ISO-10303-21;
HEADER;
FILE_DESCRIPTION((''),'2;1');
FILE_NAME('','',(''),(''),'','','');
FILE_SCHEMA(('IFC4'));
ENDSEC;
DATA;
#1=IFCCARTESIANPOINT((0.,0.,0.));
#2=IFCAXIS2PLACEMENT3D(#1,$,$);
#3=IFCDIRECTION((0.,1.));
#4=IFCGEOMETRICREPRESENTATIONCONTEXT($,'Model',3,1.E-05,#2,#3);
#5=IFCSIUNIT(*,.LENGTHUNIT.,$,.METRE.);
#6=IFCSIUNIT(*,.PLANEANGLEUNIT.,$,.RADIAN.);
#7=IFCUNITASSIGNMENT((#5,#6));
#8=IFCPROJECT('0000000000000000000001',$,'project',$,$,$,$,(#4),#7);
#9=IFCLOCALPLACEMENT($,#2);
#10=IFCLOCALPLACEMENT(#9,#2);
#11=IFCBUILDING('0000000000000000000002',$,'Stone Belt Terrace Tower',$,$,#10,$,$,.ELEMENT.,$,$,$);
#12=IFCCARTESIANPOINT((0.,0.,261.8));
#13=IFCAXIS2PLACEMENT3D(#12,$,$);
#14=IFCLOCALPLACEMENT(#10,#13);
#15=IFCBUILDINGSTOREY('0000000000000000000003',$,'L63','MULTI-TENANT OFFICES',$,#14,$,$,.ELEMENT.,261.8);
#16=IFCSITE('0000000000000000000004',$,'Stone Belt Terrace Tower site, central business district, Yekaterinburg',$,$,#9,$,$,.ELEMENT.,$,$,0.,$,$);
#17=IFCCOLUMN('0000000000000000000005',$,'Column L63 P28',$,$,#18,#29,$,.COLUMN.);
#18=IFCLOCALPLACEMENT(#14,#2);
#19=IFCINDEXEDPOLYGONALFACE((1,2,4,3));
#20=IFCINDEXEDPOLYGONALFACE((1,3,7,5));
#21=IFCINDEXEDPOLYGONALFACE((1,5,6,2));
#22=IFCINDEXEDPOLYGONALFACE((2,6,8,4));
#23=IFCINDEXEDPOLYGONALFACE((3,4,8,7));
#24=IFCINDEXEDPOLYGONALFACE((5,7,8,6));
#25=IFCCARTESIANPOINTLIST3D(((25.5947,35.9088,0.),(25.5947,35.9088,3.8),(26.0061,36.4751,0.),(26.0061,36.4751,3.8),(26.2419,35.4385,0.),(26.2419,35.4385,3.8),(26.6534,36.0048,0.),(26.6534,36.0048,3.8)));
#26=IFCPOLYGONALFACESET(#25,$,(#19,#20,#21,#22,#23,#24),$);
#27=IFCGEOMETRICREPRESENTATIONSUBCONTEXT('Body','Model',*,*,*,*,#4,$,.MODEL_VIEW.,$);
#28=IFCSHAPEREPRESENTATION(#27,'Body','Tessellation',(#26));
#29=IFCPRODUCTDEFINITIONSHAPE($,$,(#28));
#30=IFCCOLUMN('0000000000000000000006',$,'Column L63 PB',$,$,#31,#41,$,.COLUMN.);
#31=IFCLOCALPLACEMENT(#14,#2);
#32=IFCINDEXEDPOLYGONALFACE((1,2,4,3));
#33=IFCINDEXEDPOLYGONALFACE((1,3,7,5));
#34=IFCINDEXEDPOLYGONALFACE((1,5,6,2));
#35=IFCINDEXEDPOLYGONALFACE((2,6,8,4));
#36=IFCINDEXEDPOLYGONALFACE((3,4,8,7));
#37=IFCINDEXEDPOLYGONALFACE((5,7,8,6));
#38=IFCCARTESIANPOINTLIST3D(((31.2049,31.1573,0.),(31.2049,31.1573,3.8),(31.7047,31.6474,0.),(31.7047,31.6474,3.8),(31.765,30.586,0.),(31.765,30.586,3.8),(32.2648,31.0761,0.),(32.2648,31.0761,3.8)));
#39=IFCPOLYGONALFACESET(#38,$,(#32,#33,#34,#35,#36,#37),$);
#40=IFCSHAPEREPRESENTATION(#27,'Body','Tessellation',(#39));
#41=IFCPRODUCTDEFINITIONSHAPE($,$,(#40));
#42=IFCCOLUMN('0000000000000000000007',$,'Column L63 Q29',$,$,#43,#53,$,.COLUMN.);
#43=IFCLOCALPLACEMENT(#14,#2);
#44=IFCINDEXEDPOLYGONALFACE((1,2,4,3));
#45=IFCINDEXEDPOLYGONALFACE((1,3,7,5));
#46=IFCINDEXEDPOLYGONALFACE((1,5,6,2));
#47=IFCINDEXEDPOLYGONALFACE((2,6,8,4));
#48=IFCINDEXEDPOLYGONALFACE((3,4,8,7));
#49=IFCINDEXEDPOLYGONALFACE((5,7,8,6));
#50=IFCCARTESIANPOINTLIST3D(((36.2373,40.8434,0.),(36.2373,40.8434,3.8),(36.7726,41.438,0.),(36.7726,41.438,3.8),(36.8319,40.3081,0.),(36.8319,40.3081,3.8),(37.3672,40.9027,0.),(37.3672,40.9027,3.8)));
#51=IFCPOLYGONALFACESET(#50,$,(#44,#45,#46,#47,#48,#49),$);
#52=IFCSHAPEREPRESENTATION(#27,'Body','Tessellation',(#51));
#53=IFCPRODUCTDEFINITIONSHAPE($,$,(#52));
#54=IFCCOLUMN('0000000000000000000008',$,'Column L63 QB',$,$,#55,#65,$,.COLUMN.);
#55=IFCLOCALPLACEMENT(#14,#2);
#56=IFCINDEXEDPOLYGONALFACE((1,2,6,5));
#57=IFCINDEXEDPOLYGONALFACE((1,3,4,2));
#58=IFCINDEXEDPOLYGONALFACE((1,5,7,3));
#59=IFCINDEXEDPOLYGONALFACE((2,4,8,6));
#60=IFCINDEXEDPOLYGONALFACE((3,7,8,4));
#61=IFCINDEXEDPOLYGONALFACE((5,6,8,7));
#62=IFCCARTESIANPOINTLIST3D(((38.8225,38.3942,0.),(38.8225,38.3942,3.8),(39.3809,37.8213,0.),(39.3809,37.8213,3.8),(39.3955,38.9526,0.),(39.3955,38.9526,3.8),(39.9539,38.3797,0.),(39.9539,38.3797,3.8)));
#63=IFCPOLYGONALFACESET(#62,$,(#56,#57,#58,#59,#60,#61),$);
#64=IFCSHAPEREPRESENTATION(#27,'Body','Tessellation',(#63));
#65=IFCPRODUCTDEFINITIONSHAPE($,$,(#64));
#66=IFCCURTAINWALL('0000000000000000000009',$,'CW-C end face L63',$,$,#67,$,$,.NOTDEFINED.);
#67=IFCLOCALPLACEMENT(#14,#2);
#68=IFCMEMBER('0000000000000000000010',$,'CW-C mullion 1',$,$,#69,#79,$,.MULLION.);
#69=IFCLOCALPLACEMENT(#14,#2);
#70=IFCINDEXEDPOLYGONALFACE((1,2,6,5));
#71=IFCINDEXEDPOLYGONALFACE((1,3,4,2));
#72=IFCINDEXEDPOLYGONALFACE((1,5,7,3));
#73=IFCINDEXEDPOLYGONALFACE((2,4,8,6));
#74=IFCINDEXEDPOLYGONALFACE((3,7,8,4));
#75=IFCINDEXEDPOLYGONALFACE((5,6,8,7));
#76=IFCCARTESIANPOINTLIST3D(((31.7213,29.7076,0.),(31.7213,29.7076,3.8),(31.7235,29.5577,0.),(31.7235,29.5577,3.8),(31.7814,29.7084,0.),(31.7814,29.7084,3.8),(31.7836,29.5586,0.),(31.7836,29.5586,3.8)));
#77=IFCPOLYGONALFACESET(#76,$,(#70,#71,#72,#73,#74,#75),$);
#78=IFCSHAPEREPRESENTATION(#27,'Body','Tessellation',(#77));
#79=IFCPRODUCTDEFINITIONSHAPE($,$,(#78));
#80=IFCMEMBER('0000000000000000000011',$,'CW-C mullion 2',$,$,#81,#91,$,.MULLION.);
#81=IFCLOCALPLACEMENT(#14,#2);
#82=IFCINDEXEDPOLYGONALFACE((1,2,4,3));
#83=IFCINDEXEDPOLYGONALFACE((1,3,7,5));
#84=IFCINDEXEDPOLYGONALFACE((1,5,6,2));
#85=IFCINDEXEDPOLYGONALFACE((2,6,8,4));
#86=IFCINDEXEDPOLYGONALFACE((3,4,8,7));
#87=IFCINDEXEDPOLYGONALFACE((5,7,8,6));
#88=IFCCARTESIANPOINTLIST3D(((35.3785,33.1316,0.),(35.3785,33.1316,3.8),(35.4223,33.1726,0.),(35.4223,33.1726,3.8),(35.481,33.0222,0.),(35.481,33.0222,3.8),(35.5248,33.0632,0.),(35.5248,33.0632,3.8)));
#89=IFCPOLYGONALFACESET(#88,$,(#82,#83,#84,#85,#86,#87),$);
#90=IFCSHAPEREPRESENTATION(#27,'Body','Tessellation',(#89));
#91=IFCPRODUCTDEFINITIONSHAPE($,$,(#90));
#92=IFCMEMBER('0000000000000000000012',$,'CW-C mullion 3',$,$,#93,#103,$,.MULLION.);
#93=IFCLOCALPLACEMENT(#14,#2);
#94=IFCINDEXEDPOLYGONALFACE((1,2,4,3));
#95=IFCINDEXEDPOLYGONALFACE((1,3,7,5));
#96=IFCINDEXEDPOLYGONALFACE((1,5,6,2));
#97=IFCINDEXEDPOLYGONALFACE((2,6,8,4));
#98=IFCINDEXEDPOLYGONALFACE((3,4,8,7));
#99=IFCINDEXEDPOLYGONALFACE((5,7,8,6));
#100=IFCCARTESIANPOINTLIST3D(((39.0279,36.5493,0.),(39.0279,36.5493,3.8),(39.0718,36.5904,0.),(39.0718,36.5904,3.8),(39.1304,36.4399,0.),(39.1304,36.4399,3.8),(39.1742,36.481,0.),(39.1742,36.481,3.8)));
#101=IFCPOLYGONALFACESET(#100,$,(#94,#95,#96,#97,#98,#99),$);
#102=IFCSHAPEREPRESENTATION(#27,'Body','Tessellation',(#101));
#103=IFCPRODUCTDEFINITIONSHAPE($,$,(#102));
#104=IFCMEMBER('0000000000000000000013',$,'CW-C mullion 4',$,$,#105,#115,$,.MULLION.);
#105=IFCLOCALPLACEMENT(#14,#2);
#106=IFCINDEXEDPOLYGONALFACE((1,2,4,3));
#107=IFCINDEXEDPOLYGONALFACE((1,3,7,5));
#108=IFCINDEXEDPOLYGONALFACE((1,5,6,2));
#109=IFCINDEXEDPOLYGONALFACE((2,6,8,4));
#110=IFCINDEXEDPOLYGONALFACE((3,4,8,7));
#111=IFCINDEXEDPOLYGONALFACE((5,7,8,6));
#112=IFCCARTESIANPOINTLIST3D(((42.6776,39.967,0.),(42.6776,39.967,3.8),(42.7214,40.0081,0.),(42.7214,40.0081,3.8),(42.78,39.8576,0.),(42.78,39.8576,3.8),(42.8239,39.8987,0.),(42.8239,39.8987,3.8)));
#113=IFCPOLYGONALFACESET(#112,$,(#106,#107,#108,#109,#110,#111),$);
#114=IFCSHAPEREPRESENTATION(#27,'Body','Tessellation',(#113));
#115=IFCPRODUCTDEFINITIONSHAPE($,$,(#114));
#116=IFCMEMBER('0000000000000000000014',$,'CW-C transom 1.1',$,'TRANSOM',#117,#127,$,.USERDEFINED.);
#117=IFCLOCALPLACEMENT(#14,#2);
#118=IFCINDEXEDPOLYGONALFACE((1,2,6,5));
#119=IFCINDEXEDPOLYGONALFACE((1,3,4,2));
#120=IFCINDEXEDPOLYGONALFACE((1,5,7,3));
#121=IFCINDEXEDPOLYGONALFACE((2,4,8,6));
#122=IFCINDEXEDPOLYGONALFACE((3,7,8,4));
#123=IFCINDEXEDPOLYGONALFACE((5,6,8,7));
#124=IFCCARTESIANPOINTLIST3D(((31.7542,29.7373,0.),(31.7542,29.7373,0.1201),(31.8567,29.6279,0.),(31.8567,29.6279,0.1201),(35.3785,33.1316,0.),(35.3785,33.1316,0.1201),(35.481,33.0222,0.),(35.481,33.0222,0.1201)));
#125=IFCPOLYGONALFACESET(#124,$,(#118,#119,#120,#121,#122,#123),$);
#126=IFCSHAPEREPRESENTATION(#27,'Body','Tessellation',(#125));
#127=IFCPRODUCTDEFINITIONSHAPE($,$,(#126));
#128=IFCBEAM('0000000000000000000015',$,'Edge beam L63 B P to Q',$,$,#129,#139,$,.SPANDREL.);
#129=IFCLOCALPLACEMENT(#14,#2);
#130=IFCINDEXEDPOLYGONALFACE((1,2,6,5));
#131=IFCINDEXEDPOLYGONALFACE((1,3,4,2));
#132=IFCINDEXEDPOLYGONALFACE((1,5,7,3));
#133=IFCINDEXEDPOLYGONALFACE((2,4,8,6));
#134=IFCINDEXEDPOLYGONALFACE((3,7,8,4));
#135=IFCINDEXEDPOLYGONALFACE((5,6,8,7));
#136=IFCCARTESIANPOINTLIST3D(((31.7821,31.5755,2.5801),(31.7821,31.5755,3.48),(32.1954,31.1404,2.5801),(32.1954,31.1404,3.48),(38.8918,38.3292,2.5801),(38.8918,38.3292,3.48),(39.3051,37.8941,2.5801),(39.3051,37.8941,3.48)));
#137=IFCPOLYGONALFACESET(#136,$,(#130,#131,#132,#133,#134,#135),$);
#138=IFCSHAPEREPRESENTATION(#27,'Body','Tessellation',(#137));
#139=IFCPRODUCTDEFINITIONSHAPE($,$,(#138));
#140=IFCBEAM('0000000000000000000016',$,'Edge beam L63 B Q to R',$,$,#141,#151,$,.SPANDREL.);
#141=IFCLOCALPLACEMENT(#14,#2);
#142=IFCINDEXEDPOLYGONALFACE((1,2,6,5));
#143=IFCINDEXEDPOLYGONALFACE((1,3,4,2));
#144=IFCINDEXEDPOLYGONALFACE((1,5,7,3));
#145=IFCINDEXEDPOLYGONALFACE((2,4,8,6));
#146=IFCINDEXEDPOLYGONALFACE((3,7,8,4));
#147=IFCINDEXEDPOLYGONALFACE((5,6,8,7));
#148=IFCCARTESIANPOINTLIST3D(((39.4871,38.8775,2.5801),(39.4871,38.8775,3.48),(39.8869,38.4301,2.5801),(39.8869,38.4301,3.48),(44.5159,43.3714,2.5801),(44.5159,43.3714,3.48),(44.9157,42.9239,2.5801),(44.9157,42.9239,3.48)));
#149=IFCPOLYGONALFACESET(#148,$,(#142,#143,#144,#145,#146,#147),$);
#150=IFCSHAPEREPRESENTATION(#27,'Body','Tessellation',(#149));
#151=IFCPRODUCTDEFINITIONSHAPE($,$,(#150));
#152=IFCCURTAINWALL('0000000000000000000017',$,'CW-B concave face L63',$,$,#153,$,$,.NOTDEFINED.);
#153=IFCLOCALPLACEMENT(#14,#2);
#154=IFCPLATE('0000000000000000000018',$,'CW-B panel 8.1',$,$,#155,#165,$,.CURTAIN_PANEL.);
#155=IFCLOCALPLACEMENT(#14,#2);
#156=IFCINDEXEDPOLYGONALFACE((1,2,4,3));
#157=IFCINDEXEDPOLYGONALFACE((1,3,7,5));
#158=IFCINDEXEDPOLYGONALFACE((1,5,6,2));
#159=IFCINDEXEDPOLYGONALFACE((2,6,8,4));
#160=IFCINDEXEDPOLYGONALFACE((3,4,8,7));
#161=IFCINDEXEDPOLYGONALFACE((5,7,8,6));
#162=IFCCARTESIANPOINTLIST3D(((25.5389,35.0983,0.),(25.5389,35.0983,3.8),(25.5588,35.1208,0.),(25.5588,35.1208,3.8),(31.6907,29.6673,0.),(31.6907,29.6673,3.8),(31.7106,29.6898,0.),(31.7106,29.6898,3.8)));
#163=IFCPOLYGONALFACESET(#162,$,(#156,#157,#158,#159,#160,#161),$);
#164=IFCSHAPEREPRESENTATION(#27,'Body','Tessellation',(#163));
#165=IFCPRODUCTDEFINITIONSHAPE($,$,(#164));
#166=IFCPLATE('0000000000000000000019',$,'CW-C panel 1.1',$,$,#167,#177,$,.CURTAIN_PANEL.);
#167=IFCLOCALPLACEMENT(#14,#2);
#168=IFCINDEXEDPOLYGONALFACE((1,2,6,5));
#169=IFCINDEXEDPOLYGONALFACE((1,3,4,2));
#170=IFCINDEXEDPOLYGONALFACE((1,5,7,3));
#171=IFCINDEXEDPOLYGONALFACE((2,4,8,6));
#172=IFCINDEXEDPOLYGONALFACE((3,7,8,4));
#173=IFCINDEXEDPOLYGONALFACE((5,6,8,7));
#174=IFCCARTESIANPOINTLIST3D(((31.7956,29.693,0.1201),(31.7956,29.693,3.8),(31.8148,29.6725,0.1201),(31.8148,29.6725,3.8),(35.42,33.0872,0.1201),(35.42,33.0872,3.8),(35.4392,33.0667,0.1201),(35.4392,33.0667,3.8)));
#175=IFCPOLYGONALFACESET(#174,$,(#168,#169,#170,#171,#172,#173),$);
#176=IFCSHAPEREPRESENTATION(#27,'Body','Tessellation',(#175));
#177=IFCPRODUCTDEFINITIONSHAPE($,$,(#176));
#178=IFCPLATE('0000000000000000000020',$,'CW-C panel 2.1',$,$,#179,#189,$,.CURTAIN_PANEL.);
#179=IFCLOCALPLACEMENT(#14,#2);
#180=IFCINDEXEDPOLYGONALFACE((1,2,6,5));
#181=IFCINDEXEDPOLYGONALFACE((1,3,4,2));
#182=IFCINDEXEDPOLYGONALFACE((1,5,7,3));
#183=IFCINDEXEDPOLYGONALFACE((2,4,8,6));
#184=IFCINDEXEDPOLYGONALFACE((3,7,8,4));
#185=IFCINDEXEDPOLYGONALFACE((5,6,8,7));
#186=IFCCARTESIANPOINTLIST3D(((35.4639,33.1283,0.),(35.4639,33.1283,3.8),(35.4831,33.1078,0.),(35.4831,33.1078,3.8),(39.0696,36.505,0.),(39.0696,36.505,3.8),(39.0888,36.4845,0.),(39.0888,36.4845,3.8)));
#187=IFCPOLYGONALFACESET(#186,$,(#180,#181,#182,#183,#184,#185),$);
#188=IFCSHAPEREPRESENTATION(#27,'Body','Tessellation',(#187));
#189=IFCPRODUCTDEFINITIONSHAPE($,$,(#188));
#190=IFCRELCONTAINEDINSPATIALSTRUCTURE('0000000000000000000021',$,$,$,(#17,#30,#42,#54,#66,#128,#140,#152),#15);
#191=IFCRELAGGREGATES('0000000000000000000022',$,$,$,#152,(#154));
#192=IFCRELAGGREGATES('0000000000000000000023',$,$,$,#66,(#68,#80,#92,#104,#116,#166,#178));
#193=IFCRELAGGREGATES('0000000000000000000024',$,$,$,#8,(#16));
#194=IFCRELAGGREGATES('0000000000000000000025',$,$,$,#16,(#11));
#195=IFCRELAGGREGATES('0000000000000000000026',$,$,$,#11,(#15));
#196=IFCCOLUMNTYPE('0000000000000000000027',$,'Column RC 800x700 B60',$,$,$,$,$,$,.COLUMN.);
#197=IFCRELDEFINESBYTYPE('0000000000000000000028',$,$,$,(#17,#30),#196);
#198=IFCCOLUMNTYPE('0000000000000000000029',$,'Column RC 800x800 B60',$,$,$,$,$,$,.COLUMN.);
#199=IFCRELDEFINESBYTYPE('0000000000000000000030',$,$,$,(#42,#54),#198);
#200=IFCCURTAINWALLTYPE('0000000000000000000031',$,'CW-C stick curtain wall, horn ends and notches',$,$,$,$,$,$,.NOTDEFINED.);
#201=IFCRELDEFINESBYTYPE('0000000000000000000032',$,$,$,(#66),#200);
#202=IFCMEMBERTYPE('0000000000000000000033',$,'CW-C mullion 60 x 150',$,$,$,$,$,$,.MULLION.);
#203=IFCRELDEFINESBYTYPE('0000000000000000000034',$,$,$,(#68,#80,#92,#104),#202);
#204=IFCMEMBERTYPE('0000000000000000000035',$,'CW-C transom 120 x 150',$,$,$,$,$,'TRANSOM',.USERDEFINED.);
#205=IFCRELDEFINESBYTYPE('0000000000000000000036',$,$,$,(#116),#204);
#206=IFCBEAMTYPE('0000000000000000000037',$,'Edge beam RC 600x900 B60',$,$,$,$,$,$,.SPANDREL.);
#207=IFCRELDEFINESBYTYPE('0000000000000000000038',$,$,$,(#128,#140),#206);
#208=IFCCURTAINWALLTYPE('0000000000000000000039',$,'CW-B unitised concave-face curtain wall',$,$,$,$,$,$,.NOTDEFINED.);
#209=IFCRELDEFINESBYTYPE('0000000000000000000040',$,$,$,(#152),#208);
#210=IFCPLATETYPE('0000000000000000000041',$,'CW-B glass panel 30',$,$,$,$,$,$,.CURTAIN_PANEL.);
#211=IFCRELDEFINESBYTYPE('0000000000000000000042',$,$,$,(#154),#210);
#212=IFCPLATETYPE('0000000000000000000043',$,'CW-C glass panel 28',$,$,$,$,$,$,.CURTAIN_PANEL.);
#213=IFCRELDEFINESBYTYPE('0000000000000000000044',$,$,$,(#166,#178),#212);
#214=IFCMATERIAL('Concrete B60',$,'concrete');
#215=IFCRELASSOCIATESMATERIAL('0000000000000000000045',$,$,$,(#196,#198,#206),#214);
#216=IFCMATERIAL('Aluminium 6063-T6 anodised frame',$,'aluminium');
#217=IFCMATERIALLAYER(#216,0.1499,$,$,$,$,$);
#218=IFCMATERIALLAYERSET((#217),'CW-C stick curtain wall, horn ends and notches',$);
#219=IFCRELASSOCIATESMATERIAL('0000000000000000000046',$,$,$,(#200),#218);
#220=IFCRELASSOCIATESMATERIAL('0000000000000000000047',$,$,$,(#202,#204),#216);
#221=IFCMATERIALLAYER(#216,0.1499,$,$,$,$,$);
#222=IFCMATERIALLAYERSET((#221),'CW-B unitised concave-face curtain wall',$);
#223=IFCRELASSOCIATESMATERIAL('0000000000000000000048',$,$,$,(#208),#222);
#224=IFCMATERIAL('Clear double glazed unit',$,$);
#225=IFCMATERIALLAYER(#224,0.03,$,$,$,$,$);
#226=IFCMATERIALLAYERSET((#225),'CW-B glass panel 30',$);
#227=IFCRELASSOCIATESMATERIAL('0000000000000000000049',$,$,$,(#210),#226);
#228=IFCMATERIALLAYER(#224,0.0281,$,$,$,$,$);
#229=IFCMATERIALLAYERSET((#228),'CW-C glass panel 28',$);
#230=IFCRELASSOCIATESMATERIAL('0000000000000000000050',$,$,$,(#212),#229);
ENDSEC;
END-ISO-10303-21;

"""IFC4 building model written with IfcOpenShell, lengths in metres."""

from ifc_helpers import new_model, si_unit, direction, frame, origin, origin_2d, place, context, subcontext, project, spatial, rectangle, extrude, material, layer, layer_set, material_profile, profile_set, type_object, element, aggregate, save


model = new_model("IFC4")

# Units and contexts
model_context = context("Model", 3, precision=1e-05, world=origin(), true_north=direction((0.0, 1.0)))
body_context = subcontext(model_context, "Body", "Model", "MODEL_VIEW")
ifc_project = project(units=[si_unit("LENGTHUNIT", "METRE"), si_unit("PLANEANGLEUNIT", "RADIAN")], contexts=[model_context])

# Site, building, storey
site_placement = place(None, origin())
site = spatial("IfcSite", under=ifc_project, at=site_placement, Name="Stone Belt Terrace Tower site, central business district, Yekaterinburg", CompositionType="ELEMENT", RefElevation=0.0)
building_placement = place(site_placement, origin())
building = spatial("IfcBuilding", under=site, at=building_placement, Name="Stone Belt Terrace Tower", CompositionType="ELEMENT")
storey_placement = place(building_placement, frame((0.0, 0.0, 261.8)))
storey = spatial("IfcBuildingStorey", under=building, at=storey_placement, Name="L63", Description="MULTI-TENANT OFFICES", CompositionType="ELEMENT", Elevation=261.8)

# Columns
ifc_material_1 = material(Name="Concrete B60", Category="concrete")
ifc_material_profile_1 = material_profile(ifc_material_1, rectangle(XDim=0.8, YDim=0.7, at=origin_2d()), Name="RC 800x700")
ifc_profile_set_1 = profile_set([ifc_material_profile_1], Name="Concrete B60")
column_type_1 = type_object("IfcColumnType", Name="Column RC 800x700 B60", PredefinedType="COLUMN", material=ifc_profile_set_1)
for number, where, z_axis, x_axis, name in (
    (1, (26.124, 35.9568, 0.0), (0.0, 0.0, 1.0), (0.809017, -0.587785, 0.0), "Column L63 P28"),
    (2, (31.7349, 31.1167, 0.0), (0.0, 0.0, 1.0), (0.70012, -0.714026, 0.0), "Column L63 PB"),
):
    element("IfcColumn", number, at=place(storey_placement, frame(where, z_axis=z_axis, x_axis=x_axis)), inside=storey, type_object=column_type_1, Name=name, PredefinedType="COLUMN", context=body_context, shape_type="SweptSolid", body=[
        extrude(rectangle(XDim=0.8, YDim=0.7, at=origin_2d()), origin(), (0.0, 0.0, 1.0), 3.8),
    ])
ifc_material_profile_2 = material_profile(ifc_material_1, rectangle(XDim=0.8, YDim=0.8, at=origin_2d()), Name="RC 800x800")
ifc_profile_set_2 = profile_set([ifc_material_profile_2], Name="Concrete B60")
column_type_2 = type_object("IfcColumnType", Name="Column RC 800x800 B60", PredefinedType="COLUMN", material=ifc_profile_set_2)
for number, where, z_axis, x_axis, name in (
    (3, (36.8022, 40.873, 0.0), (0.0, 0.0, 1.0), (0.743145, -0.669131, 0.0), "Column L63 Q29"),
    (4, (39.3882, 38.387, 0.0), (0.0, 0.0, 1.0), (0.697944, -0.716152, 0.0), "Column L63 QB"),
):
    element("IfcColumn", number, at=place(storey_placement, frame(where, z_axis=z_axis, x_axis=x_axis)), inside=storey, type_object=column_type_2, Name=name, PredefinedType="COLUMN", context=body_context, shape_type="SweptSolid", body=[
        extrude(rectangle(XDim=0.8, YDim=0.8, at=origin_2d()), origin(), (0.0, 0.0, 1.0), 3.8),
    ])

# Curtain wall, members
ifc_material_2 = material(Name="Aluminium 6063-T6 anodised frame", Category="aluminium")
ifc_layer_1 = layer(ifc_material_2, 0.1499)
ifc_layer_set_1 = layer_set([ifc_layer_1], Name="CW-C stick curtain wall, horn ends and notches")
curtain_wall_type_1 = type_object("IfcCurtainWallType", Name="CW-C stick curtain wall, horn ends and notches", PredefinedType="NOTDEFINED", material=ifc_layer_set_1)
curtain_wall_1_placement = place(storey_placement, origin())
curtain_wall_1 = element("IfcCurtainWall", 5, at=curtain_wall_1_placement, inside=storey, type_object=curtain_wall_type_1, Name="CW-C end face L63", PredefinedType="NOTDEFINED")
ifc_material_profile_3 = material_profile(ifc_material_2, rectangle(XDim=0.1499, YDim=0.0601, at=origin_2d()), Name="Aluminium 6063-T6 60x150")
ifc_profile_set_3 = profile_set([ifc_material_profile_3], Name="Aluminium 6063-T6 anodised frame")
member_type_1 = type_object("IfcMemberType", Name="CW-C mullion 60 x 150", PredefinedType="MULLION", material=ifc_profile_set_3)
member_1_placement = place(storey_placement, frame((31.7524, 29.6331, 0.0), z_axis=(0.0, 0.0, 1.0), x_axis=(-0.014682, 0.999892, 0.0)))
member_1 = element("IfcMember", 6, at=member_1_placement, type_object=member_type_1, Name="CW-C mullion 1", PredefinedType="MULLION", context=body_context, shape_type="SweptSolid", body=[
    extrude(rectangle(XDim=0.1499, YDim=0.0601, at=origin_2d()), origin(), (0.0, 0.0, 1.0), 3.8),
])
member_2_placement = place(storey_placement, frame((35.4517, 33.0974, 0.0), z_axis=(0.0, 0.0, 1.0), x_axis=(-0.683549, 0.729904, 0.0)))
member_2 = element("IfcMember", 7, at=member_2_placement, type_object=member_type_1, Name="CW-C mullion 2", PredefinedType="MULLION", context=body_context, shape_type="SweptSolid", body=[
    extrude(rectangle(XDim=0.1499, YDim=0.0601, at=origin_2d()), origin(), (0.0, 0.0, 1.0), 3.8),
])
member_3_placement = place(storey_placement, frame((39.1011, 36.5151, 0.0), z_axis=(0.0, 0.0, 1.0), x_axis=(-0.683549, 0.729904, 0.0)))
member_3 = element("IfcMember", 8, at=member_3_placement, type_object=member_type_1, Name="CW-C mullion 3", PredefinedType="MULLION", context=body_context, shape_type="SweptSolid", body=[
    extrude(rectangle(XDim=0.1499, YDim=0.0601, at=origin_2d()), origin(), (0.0, 0.0, 1.0), 3.8),
])
member_4_placement = place(storey_placement, frame((42.7507, 39.9329, 0.0), z_axis=(0.0, 0.0, 1.0), x_axis=(-0.683549, 0.729904, 0.0)))
member_4 = element("IfcMember", 9, at=member_4_placement, type_object=member_type_1, Name="CW-C mullion 4", PredefinedType="MULLION", context=body_context, shape_type="SweptSolid", body=[
    extrude(rectangle(XDim=0.1499, YDim=0.0601, at=origin_2d()), origin(), (0.0, 0.0, 1.0), 3.8),
])
ifc_material_profile_4 = material_profile(ifc_material_2, rectangle(XDim=0.1499, YDim=0.1201, at=origin_2d()), Name="Aluminium 6063-T6 150x120")
ifc_profile_set_4 = profile_set([ifc_material_profile_4], Name="Aluminium 6063-T6 anodised frame")
member_type_2 = type_object("IfcMemberType", Name="CW-C transom 120 x 150", ElementType="TRANSOM", PredefinedType="USERDEFINED", material=ifc_profile_set_4)
member_5_placement = place(storey_placement, frame((31.8054, 29.6826, 0.0601), z_axis=(0.729885, 0.68357, 0.0), x_axis=(-0.68357, 0.729885, 0.0)))
member_5 = element("IfcMember", 10, at=member_5_placement, type_object=member_type_2, Name="CW-C transom 1.1", ObjectType="TRANSOM", PredefinedType="USERDEFINED", context=body_context, shape_type="SweptSolid", body=[
    extrude(rectangle(XDim=0.1499, YDim=0.1201, at=origin_2d()), origin(), (0.0, 0.0, 1.0), 4.9656),
])

# Beams
ifc_material_profile_5 = material_profile(ifc_material_1, rectangle(XDim=0.6001, YDim=0.8999, at=origin_2d()), Name="RC 600x900")
ifc_profile_set_5 = profile_set([ifc_material_profile_5], Name="Concrete B60")
beam_type = type_object("IfcBeamType", Name="Edge beam RC 600x900 B60", PredefinedType="SPANDREL", material=ifc_profile_set_5)
beam_1_placement = place(storey_placement, frame((31.9888, 31.3579, 3.03), z_axis=(0.725024, 0.688724, 0.0), x_axis=(-0.688724, 0.725024, 0.0)))
element("IfcBeam", 11, at=beam_1_placement, inside=storey, type_object=beam_type, Name="Edge beam L63 B P to Q", PredefinedType="SPANDREL", context=body_context, shape_type="SweptSolid", body=[
    extrude(rectangle(XDim=0.6001, YDim=0.8999, at=origin_2d()), origin(), (0.0, 0.0, 1.0), 9.8062),
])
beam_2_placement = place(storey_placement, frame((39.687, 38.6538, 3.03), z_axis=(0.745651, 0.666337, 0.0), x_axis=(-0.666337, 0.745651, 0.0)))
element("IfcBeam", 12, at=beam_2_placement, inside=storey, type_object=beam_type, Name="Edge beam L63 B Q to R", PredefinedType="SPANDREL", context=body_context, shape_type="SweptSolid", body=[
    extrude(rectangle(XDim=0.6001, YDim=0.8999, at=origin_2d()), origin(), (0.0, 0.0, 1.0), 6.7441),
])

# Curtain wall, plate
ifc_layer_2 = layer(ifc_material_2, 0.1499)
ifc_layer_set_2 = layer_set([ifc_layer_2], Name="CW-B unitised concave-face curtain wall")
curtain_wall_type_2 = type_object("IfcCurtainWallType", Name="CW-B unitised concave-face curtain wall", PredefinedType="NOTDEFINED", material=ifc_layer_set_2)
curtain_wall_2_placement = place(storey_placement, origin())
curtain_wall_2 = element("IfcCurtainWall", 13, at=curtain_wall_2_placement, inside=storey, type_object=curtain_wall_type_2, Name="CW-B concave face L63", PredefinedType="NOTDEFINED")
ifc_material_3 = material(Name="Clear double glazed unit")
ifc_layer_3 = layer(ifc_material_3, 0.03)
ifc_layer_set_3 = layer_set([ifc_layer_3], Name="CW-B glass panel 30")
plate_type_1 = type_object("IfcPlateType", Name="CW-B glass panel 30", PredefinedType="CURTAIN_PANEL", material=ifc_layer_set_3)
plate_1_placement = place(storey_placement, frame((28.6248, 32.394, 0.0), z_axis=(0.0, 0.0, 1.0), x_axis=(0.749659, -0.661825, 0.0)))
plate_1 = element("IfcPlate", 14, at=plate_1_placement, type_object=plate_type_1, Name="CW-B panel 8.1", PredefinedType="CURTAIN_PANEL", context=body_context, shape_type="SweptSolid", body=[
    extrude(rectangle(XDim=8.2061, YDim=0.03, at=origin_2d()), origin(), (0.0, 0.0, 1.0), 3.8),
])
aggregate(curtain_wall_2, [plate_1])

# Plates
ifc_layer_4 = layer(ifc_material_3, 0.0281)
ifc_layer_set_4 = layer_set([ifc_layer_4], Name="CW-C glass panel 28")
plate_type_2 = type_object("IfcPlateType", Name="CW-C glass panel 28", PredefinedType="CURTAIN_PANEL", material=ifc_layer_set_4)
plate_2_placement = place(storey_placement, frame((33.6174, 31.3799, 0.1201), z_axis=(0.0, 0.0, 1.0), x_axis=(0.729904, 0.683549, 0.0)))
plate_2 = element("IfcPlate", 15, at=plate_2_placement, type_object=plate_type_2, Name="CW-C panel 1.1", PredefinedType="CURTAIN_PANEL", context=body_context, shape_type="SweptSolid", body=[
    extrude(rectangle(XDim=4.9656, YDim=0.0281, at=origin_2d()), origin(), (0.0, 0.0, 1.0), 3.6799),
])
plate_3_placement = place(storey_placement, frame((37.2764, 34.8064, 0.0), z_axis=(0.0, 0.0, 1.0), x_axis=(0.729904, 0.683549, 0.0)))
plate_3 = element("IfcPlate", 16, at=plate_3_placement, type_object=plate_type_2, Name="CW-C panel 2.1", PredefinedType="CURTAIN_PANEL", context=body_context, shape_type="SweptSolid", body=[
    extrude(rectangle(XDim=4.9399, YDim=0.0281, at=origin_2d()), origin(), (0.0, 0.0, 1.0), 3.8),
])
aggregate(curtain_wall_1, [member_1, member_2, member_3, member_4, member_5, plate_2, plate_3])

save(model, "model.ifc")
